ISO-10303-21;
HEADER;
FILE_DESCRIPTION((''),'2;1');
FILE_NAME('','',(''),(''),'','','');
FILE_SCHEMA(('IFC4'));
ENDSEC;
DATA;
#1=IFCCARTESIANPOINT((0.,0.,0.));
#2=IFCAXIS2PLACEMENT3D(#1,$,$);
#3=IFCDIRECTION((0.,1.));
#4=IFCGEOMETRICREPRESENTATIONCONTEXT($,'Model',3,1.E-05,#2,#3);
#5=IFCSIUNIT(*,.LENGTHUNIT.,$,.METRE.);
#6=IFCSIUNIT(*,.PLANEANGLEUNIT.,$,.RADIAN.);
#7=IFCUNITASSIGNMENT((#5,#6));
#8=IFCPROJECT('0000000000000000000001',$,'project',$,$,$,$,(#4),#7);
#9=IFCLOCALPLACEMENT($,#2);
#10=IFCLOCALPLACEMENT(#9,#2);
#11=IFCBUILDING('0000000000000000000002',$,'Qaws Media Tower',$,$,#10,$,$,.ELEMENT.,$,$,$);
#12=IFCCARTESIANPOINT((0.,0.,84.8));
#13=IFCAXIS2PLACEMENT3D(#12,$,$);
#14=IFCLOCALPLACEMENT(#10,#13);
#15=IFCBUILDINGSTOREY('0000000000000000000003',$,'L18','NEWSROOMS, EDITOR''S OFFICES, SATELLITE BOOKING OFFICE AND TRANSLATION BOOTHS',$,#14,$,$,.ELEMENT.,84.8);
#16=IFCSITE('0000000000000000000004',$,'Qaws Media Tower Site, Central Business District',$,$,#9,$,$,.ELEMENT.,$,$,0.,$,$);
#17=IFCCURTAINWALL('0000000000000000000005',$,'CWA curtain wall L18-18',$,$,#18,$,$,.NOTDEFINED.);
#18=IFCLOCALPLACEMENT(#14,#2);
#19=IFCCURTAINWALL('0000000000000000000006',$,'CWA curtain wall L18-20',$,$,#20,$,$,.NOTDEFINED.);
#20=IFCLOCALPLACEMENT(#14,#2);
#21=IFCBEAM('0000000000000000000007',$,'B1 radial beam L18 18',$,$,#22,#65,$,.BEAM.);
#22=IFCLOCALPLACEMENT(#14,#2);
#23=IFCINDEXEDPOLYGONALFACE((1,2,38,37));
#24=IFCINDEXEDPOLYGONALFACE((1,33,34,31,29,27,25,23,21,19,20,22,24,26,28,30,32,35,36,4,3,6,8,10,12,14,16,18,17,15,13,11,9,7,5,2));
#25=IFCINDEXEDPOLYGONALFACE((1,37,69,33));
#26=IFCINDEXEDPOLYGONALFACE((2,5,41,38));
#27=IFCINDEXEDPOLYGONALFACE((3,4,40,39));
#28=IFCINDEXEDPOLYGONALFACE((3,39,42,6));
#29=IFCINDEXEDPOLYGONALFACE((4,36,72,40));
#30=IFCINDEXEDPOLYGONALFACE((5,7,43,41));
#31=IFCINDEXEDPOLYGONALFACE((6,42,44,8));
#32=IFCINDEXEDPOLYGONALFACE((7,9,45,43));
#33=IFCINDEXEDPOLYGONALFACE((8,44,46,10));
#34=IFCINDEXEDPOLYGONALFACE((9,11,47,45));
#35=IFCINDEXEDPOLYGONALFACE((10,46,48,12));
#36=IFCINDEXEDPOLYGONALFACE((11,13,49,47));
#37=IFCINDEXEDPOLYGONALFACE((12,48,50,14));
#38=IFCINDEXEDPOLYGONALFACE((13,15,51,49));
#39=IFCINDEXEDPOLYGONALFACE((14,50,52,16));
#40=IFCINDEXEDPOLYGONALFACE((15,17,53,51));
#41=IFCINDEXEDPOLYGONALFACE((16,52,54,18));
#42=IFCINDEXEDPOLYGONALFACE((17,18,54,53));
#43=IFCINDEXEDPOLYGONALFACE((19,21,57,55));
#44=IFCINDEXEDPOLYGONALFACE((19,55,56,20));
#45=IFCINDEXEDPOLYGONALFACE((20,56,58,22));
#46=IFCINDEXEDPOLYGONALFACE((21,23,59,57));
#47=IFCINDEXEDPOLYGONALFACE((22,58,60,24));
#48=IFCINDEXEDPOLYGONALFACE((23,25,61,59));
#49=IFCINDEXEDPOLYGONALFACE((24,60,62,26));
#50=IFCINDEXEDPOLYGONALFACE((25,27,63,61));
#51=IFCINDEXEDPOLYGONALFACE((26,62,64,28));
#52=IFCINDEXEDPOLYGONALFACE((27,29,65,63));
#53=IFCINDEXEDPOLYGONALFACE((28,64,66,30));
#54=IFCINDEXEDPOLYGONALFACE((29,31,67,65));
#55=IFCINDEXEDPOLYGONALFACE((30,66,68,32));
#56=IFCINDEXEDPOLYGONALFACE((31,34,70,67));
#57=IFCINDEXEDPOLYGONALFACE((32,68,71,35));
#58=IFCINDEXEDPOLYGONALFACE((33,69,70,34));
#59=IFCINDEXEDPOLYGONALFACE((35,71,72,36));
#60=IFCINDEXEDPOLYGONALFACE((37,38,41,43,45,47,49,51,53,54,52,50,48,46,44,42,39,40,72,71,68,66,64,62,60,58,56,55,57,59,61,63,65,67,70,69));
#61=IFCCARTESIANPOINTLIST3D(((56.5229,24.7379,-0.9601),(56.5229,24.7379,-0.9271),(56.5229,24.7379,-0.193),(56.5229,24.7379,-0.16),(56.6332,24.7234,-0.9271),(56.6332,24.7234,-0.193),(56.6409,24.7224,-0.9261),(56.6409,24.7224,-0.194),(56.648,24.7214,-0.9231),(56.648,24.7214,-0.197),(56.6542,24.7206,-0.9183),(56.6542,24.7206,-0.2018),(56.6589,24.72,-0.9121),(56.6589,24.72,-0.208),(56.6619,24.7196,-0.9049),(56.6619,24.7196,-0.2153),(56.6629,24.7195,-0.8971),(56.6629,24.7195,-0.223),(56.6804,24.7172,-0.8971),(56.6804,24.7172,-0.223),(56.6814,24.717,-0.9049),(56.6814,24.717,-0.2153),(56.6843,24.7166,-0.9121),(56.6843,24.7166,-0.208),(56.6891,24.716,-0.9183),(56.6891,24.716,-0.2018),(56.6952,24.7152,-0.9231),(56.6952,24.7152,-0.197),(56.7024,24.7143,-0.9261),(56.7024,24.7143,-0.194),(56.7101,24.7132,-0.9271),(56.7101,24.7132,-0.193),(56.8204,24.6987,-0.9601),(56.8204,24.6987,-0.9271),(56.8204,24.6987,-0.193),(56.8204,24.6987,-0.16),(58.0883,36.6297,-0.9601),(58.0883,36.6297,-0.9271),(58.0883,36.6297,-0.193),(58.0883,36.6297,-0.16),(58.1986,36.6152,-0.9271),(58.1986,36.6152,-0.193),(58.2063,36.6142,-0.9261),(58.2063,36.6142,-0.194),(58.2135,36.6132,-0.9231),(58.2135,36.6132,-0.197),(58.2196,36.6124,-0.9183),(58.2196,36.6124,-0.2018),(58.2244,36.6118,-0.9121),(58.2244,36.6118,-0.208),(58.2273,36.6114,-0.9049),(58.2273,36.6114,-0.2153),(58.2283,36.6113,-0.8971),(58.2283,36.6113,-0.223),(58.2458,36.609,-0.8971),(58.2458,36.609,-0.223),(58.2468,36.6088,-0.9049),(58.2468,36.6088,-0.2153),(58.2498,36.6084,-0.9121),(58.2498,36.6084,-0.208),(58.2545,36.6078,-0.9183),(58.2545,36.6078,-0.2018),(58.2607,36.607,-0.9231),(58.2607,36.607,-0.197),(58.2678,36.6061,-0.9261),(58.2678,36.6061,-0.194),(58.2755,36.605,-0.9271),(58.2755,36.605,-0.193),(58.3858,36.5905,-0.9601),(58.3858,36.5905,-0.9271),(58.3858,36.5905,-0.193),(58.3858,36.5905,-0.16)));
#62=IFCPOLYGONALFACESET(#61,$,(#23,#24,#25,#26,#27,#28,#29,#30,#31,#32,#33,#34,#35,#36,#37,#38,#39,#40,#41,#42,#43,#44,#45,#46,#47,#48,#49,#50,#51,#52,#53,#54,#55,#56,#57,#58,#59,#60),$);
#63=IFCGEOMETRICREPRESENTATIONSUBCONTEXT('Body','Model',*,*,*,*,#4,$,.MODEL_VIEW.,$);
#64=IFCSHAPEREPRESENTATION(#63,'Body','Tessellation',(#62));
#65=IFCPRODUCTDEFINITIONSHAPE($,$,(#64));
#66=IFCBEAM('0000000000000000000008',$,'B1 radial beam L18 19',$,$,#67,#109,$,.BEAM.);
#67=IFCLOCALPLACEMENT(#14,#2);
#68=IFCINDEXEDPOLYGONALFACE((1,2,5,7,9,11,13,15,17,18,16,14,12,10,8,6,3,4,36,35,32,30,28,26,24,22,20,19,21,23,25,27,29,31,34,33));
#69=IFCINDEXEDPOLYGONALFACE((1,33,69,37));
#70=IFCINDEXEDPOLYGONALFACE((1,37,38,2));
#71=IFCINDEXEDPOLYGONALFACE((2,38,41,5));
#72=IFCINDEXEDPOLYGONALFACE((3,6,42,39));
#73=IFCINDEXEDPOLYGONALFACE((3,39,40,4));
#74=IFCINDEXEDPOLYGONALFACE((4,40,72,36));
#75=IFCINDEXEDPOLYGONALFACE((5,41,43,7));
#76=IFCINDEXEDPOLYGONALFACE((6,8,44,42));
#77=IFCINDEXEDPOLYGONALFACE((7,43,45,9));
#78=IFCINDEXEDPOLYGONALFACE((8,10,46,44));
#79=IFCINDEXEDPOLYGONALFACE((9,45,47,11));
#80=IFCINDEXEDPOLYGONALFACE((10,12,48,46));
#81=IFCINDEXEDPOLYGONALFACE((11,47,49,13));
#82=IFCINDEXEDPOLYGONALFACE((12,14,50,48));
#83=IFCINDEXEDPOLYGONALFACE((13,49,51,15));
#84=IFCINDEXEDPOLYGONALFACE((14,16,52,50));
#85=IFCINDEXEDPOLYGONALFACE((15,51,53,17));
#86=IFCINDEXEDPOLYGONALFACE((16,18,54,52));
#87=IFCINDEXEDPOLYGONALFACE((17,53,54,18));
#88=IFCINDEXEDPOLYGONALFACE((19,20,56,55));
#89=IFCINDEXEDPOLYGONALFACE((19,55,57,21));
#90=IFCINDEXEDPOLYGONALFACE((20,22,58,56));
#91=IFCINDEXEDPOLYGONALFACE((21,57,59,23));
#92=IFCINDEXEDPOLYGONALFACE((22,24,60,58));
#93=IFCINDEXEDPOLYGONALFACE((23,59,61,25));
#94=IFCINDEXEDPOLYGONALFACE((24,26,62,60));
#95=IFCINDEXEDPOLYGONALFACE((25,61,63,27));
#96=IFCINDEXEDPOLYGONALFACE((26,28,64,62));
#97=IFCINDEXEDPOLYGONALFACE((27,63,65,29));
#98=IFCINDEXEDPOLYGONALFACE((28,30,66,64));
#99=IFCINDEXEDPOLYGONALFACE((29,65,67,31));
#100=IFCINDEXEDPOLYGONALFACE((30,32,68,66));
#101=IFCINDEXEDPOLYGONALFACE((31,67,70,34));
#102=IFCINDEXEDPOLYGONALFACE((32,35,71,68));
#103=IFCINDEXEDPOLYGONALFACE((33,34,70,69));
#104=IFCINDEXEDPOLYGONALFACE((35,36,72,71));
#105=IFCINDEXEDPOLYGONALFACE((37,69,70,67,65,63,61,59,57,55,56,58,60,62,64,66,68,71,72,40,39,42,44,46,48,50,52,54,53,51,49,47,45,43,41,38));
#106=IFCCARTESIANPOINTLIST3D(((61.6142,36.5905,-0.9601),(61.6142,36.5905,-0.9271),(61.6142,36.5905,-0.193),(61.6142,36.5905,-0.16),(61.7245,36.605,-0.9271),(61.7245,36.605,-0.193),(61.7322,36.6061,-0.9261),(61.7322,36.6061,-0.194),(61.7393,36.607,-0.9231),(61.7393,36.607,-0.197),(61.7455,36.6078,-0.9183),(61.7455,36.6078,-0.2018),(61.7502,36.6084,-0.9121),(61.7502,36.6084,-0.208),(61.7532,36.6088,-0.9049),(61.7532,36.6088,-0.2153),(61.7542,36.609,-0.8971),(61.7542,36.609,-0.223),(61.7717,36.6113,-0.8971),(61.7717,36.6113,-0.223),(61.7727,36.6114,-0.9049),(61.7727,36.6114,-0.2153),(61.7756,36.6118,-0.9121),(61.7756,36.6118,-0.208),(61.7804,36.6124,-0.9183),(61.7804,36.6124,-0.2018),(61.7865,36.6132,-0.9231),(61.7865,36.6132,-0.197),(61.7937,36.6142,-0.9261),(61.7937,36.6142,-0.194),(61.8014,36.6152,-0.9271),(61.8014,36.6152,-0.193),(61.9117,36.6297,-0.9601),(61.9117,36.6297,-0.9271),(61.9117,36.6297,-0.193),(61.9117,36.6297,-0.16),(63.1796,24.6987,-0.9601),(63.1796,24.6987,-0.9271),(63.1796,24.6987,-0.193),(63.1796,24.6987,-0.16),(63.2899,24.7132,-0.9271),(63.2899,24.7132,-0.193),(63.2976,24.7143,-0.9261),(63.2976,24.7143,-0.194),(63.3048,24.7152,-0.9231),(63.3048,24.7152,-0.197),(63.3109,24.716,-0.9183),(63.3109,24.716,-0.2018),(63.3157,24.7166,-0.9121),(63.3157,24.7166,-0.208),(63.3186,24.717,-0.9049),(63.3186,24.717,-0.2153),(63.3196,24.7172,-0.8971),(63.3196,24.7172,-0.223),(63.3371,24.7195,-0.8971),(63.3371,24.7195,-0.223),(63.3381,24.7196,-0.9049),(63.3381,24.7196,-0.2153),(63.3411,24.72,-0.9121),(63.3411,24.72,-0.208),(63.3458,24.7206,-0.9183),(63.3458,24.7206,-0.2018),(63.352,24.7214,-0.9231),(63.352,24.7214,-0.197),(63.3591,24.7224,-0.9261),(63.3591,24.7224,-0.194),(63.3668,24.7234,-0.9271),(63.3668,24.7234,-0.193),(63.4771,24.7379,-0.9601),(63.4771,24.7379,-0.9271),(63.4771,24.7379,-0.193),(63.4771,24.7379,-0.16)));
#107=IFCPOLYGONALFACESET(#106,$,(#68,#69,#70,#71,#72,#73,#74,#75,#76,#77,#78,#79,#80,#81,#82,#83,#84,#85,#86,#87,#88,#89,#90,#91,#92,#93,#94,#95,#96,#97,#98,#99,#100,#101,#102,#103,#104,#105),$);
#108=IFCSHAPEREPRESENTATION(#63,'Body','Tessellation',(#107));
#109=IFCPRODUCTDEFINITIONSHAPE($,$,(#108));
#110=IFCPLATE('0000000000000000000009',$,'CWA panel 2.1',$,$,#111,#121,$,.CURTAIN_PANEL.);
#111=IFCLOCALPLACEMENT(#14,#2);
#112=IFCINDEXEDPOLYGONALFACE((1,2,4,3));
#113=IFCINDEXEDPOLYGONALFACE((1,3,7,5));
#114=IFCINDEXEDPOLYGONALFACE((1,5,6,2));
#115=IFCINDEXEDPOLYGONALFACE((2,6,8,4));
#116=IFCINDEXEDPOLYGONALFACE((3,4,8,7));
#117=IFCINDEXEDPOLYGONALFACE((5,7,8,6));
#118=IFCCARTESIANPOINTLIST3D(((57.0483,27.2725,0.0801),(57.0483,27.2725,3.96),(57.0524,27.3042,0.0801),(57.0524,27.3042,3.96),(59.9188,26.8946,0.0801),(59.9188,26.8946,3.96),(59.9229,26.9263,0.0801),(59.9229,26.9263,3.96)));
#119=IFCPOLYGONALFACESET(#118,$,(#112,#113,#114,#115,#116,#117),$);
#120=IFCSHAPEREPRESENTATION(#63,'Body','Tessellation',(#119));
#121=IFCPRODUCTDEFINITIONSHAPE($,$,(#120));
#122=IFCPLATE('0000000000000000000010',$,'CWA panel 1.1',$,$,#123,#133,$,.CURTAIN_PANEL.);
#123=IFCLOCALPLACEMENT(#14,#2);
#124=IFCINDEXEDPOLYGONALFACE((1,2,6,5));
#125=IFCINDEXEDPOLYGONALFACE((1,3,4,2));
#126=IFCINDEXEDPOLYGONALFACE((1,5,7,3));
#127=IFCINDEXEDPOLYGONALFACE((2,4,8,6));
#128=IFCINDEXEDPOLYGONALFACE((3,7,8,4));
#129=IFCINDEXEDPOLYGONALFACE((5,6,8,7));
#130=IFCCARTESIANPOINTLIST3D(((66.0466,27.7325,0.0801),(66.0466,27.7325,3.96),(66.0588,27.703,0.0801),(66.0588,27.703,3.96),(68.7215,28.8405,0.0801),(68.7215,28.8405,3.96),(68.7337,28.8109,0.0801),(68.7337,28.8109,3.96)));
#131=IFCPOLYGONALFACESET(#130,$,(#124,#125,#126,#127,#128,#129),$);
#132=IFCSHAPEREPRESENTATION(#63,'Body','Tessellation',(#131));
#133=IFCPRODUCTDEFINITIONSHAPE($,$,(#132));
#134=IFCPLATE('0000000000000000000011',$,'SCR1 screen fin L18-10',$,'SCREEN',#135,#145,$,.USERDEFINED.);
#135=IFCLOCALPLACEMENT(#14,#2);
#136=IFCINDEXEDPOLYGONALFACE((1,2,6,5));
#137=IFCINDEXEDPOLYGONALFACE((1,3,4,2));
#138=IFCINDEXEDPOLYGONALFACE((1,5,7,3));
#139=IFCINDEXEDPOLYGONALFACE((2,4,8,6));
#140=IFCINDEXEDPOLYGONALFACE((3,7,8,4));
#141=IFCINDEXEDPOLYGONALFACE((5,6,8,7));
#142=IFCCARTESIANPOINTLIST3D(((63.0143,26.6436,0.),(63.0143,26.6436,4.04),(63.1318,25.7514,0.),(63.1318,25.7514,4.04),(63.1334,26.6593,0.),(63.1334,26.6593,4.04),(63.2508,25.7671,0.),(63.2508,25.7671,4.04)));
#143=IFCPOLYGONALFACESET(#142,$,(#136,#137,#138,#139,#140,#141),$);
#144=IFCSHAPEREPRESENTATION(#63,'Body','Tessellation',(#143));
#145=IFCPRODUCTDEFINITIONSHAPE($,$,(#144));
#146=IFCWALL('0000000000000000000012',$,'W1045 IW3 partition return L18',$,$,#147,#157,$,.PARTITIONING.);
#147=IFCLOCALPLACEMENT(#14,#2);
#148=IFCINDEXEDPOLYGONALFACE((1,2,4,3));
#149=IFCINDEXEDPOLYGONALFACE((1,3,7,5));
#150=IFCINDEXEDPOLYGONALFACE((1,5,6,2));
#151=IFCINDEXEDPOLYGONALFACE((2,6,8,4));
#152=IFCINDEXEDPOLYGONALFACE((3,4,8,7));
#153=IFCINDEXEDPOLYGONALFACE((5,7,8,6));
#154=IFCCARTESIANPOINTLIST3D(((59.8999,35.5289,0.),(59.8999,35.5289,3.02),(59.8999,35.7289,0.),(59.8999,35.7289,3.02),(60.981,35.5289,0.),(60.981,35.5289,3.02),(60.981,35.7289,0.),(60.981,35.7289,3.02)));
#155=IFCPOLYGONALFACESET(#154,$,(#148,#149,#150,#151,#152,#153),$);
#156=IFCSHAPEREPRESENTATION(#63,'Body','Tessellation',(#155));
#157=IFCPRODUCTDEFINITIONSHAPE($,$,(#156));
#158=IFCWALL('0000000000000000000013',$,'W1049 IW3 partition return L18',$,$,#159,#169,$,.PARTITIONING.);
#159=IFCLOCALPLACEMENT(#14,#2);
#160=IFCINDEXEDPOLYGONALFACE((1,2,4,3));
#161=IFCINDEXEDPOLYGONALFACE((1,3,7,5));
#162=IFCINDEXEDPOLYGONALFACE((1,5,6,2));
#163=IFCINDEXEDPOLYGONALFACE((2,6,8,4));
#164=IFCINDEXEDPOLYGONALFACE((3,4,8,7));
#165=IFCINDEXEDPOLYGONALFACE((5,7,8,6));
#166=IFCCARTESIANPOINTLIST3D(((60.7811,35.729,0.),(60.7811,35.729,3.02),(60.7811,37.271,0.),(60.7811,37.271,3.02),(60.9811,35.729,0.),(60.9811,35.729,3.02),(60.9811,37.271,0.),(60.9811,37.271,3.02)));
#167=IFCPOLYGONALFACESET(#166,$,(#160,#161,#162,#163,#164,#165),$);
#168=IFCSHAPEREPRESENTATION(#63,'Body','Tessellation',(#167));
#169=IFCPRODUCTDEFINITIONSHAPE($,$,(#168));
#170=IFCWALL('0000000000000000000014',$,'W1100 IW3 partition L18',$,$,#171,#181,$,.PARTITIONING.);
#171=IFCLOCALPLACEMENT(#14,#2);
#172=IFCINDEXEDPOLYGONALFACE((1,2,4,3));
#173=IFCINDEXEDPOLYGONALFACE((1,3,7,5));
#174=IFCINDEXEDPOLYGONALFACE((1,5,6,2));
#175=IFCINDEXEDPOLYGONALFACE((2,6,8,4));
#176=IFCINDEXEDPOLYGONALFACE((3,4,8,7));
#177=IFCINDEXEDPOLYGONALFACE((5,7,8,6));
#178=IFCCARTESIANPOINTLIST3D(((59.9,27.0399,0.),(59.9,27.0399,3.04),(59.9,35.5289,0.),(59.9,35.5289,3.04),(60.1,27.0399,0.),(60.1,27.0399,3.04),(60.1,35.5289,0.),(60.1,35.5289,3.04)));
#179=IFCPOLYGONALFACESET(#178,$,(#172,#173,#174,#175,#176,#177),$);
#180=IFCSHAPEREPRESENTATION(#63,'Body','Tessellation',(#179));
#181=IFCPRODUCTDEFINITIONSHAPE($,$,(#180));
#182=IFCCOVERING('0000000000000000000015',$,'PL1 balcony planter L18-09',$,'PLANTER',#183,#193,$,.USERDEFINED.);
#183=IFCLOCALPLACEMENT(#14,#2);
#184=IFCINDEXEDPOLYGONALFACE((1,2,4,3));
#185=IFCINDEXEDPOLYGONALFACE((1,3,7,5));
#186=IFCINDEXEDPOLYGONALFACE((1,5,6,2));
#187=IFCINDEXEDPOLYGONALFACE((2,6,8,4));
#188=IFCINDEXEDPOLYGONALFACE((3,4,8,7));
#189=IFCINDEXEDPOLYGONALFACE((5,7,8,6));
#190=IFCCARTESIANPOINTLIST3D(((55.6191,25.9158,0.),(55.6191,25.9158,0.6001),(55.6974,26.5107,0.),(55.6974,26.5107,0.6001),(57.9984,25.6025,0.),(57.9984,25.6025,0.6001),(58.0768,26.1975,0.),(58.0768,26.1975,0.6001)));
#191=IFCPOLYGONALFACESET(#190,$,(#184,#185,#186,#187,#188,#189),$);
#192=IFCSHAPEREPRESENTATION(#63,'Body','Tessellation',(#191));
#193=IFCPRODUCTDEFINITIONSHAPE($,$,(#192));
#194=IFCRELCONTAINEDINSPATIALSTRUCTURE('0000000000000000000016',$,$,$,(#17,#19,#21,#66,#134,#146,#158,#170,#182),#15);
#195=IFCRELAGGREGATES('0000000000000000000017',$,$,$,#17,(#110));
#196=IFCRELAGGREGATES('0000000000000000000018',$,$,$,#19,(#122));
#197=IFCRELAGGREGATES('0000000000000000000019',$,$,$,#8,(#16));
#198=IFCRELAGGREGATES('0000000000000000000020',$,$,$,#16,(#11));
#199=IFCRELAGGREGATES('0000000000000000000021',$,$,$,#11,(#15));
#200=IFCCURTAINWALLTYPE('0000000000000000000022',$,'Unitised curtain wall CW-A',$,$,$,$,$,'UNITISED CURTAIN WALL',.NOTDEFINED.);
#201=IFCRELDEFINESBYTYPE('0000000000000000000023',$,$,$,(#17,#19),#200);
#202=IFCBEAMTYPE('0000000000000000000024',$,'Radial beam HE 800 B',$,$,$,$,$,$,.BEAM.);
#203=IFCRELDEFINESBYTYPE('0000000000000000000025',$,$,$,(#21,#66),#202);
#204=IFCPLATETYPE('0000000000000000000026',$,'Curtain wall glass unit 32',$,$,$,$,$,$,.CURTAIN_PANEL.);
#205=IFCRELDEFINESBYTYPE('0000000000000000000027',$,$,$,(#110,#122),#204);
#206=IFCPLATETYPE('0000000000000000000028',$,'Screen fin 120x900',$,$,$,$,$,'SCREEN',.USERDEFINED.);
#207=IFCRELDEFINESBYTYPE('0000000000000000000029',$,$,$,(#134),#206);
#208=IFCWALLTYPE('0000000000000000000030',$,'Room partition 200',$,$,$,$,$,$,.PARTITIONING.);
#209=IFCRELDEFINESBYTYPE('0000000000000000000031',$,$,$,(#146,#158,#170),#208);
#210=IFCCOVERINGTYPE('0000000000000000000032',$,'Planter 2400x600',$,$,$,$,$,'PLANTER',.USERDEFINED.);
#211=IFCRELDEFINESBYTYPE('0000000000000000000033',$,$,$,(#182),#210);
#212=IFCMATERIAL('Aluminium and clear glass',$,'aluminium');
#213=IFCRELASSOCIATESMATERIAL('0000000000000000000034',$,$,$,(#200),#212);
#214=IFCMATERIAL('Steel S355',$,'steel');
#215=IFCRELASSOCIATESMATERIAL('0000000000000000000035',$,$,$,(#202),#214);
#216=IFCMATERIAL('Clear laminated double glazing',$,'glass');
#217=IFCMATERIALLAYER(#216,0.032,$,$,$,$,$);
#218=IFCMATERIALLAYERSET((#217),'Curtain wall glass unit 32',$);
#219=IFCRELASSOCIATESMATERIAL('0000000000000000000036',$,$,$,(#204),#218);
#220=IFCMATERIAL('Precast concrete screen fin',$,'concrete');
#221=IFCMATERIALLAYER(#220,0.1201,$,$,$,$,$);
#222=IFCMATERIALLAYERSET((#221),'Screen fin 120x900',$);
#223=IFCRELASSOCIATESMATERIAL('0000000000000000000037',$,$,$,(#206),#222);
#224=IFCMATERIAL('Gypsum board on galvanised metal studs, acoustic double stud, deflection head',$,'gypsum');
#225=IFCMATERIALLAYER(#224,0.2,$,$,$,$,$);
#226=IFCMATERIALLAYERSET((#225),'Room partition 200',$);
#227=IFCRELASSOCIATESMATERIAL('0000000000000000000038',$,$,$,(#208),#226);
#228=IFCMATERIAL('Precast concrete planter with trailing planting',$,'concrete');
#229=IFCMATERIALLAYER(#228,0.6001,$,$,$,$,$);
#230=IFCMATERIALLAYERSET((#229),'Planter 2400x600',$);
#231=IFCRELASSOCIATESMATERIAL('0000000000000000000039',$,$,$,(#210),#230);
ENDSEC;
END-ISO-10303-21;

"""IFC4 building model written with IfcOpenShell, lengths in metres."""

from ifc_helpers import new_model, si_unit, direction, frame, frame_2d, origin, origin_2d, place, context, subcontext, project, spatial, rectangle, i_section, extrude, material, layer, layer_set, material_profile, profile_set, type_object, element, aggregate, save


model = new_model("IFC4")

# Units and contexts
model_context = context("Model", 3, precision=1e-05, world=origin(), true_north=direction((0.0, 1.0)))
body_context = subcontext(model_context, "Body", "Model", "MODEL_VIEW")
ifc_project = project(units=[si_unit("LENGTHUNIT", "METRE"), si_unit("PLANEANGLEUNIT", "RADIAN")], contexts=[model_context])

# Site, building, storey
site_placement = place(None, origin())
site = spatial("IfcSite", under=ifc_project, at=site_placement, Name="Qaws Media Tower Site, Central Business District", CompositionType="ELEMENT", RefElevation=0.0)
building_placement = place(site_placement, origin())
building = spatial("IfcBuilding", under=site, at=building_placement, Name="Qaws Media Tower", CompositionType="ELEMENT")
storey_placement = place(building_placement, frame((0.0, 0.0, 84.8)))
storey = spatial("IfcBuildingStorey", under=building, at=storey_placement, Name="L18", Description="NEWSROOMS, EDITOR'S OFFICES, SATELLITE BOOKING OFFICE AND TRANSLATION BOOTHS", CompositionType="ELEMENT", Elevation=84.8)

# Curtain walls
ifc_material_1 = material(Name="Aluminium and clear glass", Category="aluminium")
curtain_wall_type = type_object("IfcCurtainWallType", Name="Unitised curtain wall CW-A", ElementType="UNITISED CURTAIN WALL", PredefinedType="NOTDEFINED", material=ifc_material_1)
curtain_wall_1_placement = place(storey_placement, origin())
curtain_wall_1 = element("IfcCurtainWall", 1, at=curtain_wall_1_placement, inside=storey, type_object=curtain_wall_type, Name="CWA curtain wall L18-18", PredefinedType="NOTDEFINED")
curtain_wall_2_placement = place(storey_placement, origin())
curtain_wall_2 = element("IfcCurtainWall", 2, at=curtain_wall_2_placement, inside=storey, type_object=curtain_wall_type, Name="CWA curtain wall L18-20", PredefinedType="NOTDEFINED")

# Beams
ifc_material_2 = material(Name="Steel S355", Category="steel")
ifc_material_profile_1 = material_profile(ifc_material_2, i_section(OverallWidth=0.3, OverallDepth=0.8, WebThickness=0.0176, FlangeThickness=0.033, FilletRadius=0.03, at=origin_2d()), Name="HE 800 B")
ifc_profile_set_1 = profile_set([ifc_material_profile_1], Name="Steel S355")
beam_type_1 = type_object("IfcBeamType", Name="Radial beam HE 800 B", PredefinedType="BEAM", material=ifc_profile_set_1)
for number, where, z_axis, x_axis, name in (
    (3, (58.2371, 36.6101, -0.5601), (-0.130513, -0.991447, 0.0), (0.991447, -0.130513, 0.0), "B1 radial beam L18 18"),
    (4, (61.7629, 36.6101, -0.5601), (0.130513, -0.991447, 0.0), (0.991447, 0.130513, 0.0), "B1 radial beam L18 19"),
):
    element("IfcBeam", number, at=place(storey_placement, frame(where, z_axis=z_axis, x_axis=x_axis)), inside=storey, type_object=beam_type_1, Name=name, PredefinedType="BEAM", context=body_context, shape_type="SweptSolid", body=[
        extrude(i_section(OverallWidth=0.3, OverallDepth=0.8, WebThickness=0.0176, FlangeThickness=0.033, FilletRadius=0.03, at=origin_2d()), origin(), (0.0, 0.0, 1.0), 11.9944),
    ])

# Plates
ifc_material_3 = material(Name="Clear laminated double glazing", Category="glass")
ifc_layer_1 = layer(ifc_material_3, 0.032)
ifc_layer_set_1 = layer_set([ifc_layer_1], Name="Curtain wall glass unit 32")
plate_type_1 = type_object("IfcPlateType", Name="Curtain wall glass unit 32", PredefinedType="CURTAIN_PANEL", material=ifc_layer_set_1)
plate_1_placement = place(storey_placement, frame((58.4856, 27.0994, 0.0801), z_axis=(0.0, 0.0, 1.0), x_axis=(0.991445, -0.130526, 0.0)))
plate_1 = element("IfcPlate", 5, at=plate_1_placement, type_object=plate_type_1, Name="CWA panel 2.1", PredefinedType="CURTAIN_PANEL", context=body_context, shape_type="SweptSolid", body=[
    extrude(rectangle(XDim=2.8953, YDim=0.032, at=origin_2d()), origin(), (0.0, 0.0, 1.0), 3.8799),
])
aggregate(curtain_wall_1, [plate_1])
plate_2_placement = place(storey_placement, frame((67.3901, 28.2717, 0.0801), z_axis=(0.0, 0.0, 1.0), x_axis=(0.92388, 0.382683, 0.0)))
plate_2 = element("IfcPlate", 6, at=plate_2_placement, type_object=plate_type_1, Name="CWA panel 1.1", PredefinedType="CURTAIN_PANEL", context=body_context, shape_type="SweptSolid", body=[
    extrude(rectangle(XDim=2.8953, YDim=0.032, at=origin_2d()), origin(), (0.0, 0.0, 1.0), 3.8799),
])
aggregate(curtain_wall_2, [plate_2])
ifc_material_4 = material(Name="Precast concrete screen fin", Category="concrete")
ifc_layer_2 = layer(ifc_material_4, 0.1201)
ifc_layer_set_2 = layer_set([ifc_layer_2], Name="Screen fin 120x900")
plate_type_2 = type_object("IfcPlateType", Name="Screen fin 120x900", ElementType="SCREEN", PredefinedType="USERDEFINED", material=ifc_layer_set_2)
plate_3_placement = place(storey_placement, frame((63.1326, 26.2053, 0.0), z_axis=(0.0, 0.0, 1.0), x_axis=(0.130526, -0.991445, 0.0)))
element("IfcPlate", 7, at=plate_3_placement, inside=storey, type_object=plate_type_2, Name="SCR1 screen fin L18-10", ObjectType="SCREEN", PredefinedType="USERDEFINED", context=body_context, shape_type="SweptSolid", body=[
    extrude(rectangle(XDim=0.8999, YDim=0.1201, at=origin_2d()), origin(), (0.0, 0.0, 1.0), 4.04),
])

# Walls
ifc_material_5 = material(Name="Gypsum board on galvanised metal studs, acoustic double stud, deflection head", Category="gypsum")
ifc_layer_3 = layer(ifc_material_5, 0.2)
ifc_layer_set_3 = layer_set([ifc_layer_3], Name="Room partition 200")
wall_type_1 = type_object("IfcWallType", Name="Room partition 200", PredefinedType="PARTITIONING", material=ifc_layer_set_3)
wall_1_placement = place(storey_placement, frame((59.8999, 35.6289, 0.0), z_axis=(0.0, 0.0, 1.0), x_axis=(1.0, 0.0, 0.0)))
element("IfcWall", 8, at=wall_1_placement, inside=storey, type_object=wall_type_1, Name="W1045 IW3 partition return L18", PredefinedType="PARTITIONING", context=body_context, shape_type="SweptSolid", body=[
    extrude(rectangle(XDim=1.0811, YDim=0.2, at=frame_2d((0.5405, 0.0))), origin(), (0.0, 0.0, 1.0), 3.02),
])
wall_2_placement = place(storey_placement, frame((60.8811, 37.271, 0.0), z_axis=(0.0, 0.0, 1.0), x_axis=(0.0, -1.0, 0.0)))
element("IfcWall", 9, at=wall_2_placement, inside=storey, type_object=wall_type_1, Name="W1049 IW3 partition return L18", PredefinedType="PARTITIONING", context=body_context, shape_type="SweptSolid", body=[
    extrude(rectangle(XDim=1.542, YDim=0.2, at=frame_2d((0.771, 0.0))), origin(), (0.0, 0.0, 1.0), 3.02),
])
wall_3_placement = place(storey_placement, frame((60.0, 35.5291, 0.0), z_axis=(0.0, 0.0, 1.0), x_axis=(0.0, -1.0, 0.0)))
element("IfcWall", 10, at=wall_3_placement, inside=storey, type_object=wall_type_1, Name="W1100 IW3 partition L18", PredefinedType="PARTITIONING", context=body_context, shape_type="SweptSolid", body=[
    extrude(rectangle(XDim=8.489, YDim=0.2, at=frame_2d((4.2446, 0.0))), origin(), (0.0, 0.0, 1.0), 3.04),
])

# Covering
ifc_material_6 = material(Name="Precast concrete planter with trailing planting", Category="concrete")
ifc_layer_4 = layer(ifc_material_6, 0.6001)
ifc_layer_set_4 = layer_set([ifc_layer_4], Name="Planter 2400x600")
covering_type = type_object("IfcCoveringType", Name="Planter 2400x600", ElementType="PLANTER", PredefinedType="USERDEFINED", material=ifc_layer_set_4)
for number, where, z_axis, x_axis, name in (
    (11, (56.8479, 26.0566, 0.0), (0.0, 0.0, 1.0), (0.991445, -0.130526, 0.0), "PL1 balcony planter L18-09"),
):
    element("IfcCovering", number, at=place(storey_placement, frame(where, z_axis=z_axis, x_axis=x_axis)), inside=storey, type_object=covering_type, Name=name, ObjectType="PLANTER", PredefinedType="USERDEFINED", context=body_context, shape_type="SweptSolid", body=[
        extrude(rectangle(XDim=2.3999, YDim=0.6001, at=origin_2d()), origin(), (0.0, 0.0, 1.0), 0.6001),
    ])

save(model, "model.ifc")
